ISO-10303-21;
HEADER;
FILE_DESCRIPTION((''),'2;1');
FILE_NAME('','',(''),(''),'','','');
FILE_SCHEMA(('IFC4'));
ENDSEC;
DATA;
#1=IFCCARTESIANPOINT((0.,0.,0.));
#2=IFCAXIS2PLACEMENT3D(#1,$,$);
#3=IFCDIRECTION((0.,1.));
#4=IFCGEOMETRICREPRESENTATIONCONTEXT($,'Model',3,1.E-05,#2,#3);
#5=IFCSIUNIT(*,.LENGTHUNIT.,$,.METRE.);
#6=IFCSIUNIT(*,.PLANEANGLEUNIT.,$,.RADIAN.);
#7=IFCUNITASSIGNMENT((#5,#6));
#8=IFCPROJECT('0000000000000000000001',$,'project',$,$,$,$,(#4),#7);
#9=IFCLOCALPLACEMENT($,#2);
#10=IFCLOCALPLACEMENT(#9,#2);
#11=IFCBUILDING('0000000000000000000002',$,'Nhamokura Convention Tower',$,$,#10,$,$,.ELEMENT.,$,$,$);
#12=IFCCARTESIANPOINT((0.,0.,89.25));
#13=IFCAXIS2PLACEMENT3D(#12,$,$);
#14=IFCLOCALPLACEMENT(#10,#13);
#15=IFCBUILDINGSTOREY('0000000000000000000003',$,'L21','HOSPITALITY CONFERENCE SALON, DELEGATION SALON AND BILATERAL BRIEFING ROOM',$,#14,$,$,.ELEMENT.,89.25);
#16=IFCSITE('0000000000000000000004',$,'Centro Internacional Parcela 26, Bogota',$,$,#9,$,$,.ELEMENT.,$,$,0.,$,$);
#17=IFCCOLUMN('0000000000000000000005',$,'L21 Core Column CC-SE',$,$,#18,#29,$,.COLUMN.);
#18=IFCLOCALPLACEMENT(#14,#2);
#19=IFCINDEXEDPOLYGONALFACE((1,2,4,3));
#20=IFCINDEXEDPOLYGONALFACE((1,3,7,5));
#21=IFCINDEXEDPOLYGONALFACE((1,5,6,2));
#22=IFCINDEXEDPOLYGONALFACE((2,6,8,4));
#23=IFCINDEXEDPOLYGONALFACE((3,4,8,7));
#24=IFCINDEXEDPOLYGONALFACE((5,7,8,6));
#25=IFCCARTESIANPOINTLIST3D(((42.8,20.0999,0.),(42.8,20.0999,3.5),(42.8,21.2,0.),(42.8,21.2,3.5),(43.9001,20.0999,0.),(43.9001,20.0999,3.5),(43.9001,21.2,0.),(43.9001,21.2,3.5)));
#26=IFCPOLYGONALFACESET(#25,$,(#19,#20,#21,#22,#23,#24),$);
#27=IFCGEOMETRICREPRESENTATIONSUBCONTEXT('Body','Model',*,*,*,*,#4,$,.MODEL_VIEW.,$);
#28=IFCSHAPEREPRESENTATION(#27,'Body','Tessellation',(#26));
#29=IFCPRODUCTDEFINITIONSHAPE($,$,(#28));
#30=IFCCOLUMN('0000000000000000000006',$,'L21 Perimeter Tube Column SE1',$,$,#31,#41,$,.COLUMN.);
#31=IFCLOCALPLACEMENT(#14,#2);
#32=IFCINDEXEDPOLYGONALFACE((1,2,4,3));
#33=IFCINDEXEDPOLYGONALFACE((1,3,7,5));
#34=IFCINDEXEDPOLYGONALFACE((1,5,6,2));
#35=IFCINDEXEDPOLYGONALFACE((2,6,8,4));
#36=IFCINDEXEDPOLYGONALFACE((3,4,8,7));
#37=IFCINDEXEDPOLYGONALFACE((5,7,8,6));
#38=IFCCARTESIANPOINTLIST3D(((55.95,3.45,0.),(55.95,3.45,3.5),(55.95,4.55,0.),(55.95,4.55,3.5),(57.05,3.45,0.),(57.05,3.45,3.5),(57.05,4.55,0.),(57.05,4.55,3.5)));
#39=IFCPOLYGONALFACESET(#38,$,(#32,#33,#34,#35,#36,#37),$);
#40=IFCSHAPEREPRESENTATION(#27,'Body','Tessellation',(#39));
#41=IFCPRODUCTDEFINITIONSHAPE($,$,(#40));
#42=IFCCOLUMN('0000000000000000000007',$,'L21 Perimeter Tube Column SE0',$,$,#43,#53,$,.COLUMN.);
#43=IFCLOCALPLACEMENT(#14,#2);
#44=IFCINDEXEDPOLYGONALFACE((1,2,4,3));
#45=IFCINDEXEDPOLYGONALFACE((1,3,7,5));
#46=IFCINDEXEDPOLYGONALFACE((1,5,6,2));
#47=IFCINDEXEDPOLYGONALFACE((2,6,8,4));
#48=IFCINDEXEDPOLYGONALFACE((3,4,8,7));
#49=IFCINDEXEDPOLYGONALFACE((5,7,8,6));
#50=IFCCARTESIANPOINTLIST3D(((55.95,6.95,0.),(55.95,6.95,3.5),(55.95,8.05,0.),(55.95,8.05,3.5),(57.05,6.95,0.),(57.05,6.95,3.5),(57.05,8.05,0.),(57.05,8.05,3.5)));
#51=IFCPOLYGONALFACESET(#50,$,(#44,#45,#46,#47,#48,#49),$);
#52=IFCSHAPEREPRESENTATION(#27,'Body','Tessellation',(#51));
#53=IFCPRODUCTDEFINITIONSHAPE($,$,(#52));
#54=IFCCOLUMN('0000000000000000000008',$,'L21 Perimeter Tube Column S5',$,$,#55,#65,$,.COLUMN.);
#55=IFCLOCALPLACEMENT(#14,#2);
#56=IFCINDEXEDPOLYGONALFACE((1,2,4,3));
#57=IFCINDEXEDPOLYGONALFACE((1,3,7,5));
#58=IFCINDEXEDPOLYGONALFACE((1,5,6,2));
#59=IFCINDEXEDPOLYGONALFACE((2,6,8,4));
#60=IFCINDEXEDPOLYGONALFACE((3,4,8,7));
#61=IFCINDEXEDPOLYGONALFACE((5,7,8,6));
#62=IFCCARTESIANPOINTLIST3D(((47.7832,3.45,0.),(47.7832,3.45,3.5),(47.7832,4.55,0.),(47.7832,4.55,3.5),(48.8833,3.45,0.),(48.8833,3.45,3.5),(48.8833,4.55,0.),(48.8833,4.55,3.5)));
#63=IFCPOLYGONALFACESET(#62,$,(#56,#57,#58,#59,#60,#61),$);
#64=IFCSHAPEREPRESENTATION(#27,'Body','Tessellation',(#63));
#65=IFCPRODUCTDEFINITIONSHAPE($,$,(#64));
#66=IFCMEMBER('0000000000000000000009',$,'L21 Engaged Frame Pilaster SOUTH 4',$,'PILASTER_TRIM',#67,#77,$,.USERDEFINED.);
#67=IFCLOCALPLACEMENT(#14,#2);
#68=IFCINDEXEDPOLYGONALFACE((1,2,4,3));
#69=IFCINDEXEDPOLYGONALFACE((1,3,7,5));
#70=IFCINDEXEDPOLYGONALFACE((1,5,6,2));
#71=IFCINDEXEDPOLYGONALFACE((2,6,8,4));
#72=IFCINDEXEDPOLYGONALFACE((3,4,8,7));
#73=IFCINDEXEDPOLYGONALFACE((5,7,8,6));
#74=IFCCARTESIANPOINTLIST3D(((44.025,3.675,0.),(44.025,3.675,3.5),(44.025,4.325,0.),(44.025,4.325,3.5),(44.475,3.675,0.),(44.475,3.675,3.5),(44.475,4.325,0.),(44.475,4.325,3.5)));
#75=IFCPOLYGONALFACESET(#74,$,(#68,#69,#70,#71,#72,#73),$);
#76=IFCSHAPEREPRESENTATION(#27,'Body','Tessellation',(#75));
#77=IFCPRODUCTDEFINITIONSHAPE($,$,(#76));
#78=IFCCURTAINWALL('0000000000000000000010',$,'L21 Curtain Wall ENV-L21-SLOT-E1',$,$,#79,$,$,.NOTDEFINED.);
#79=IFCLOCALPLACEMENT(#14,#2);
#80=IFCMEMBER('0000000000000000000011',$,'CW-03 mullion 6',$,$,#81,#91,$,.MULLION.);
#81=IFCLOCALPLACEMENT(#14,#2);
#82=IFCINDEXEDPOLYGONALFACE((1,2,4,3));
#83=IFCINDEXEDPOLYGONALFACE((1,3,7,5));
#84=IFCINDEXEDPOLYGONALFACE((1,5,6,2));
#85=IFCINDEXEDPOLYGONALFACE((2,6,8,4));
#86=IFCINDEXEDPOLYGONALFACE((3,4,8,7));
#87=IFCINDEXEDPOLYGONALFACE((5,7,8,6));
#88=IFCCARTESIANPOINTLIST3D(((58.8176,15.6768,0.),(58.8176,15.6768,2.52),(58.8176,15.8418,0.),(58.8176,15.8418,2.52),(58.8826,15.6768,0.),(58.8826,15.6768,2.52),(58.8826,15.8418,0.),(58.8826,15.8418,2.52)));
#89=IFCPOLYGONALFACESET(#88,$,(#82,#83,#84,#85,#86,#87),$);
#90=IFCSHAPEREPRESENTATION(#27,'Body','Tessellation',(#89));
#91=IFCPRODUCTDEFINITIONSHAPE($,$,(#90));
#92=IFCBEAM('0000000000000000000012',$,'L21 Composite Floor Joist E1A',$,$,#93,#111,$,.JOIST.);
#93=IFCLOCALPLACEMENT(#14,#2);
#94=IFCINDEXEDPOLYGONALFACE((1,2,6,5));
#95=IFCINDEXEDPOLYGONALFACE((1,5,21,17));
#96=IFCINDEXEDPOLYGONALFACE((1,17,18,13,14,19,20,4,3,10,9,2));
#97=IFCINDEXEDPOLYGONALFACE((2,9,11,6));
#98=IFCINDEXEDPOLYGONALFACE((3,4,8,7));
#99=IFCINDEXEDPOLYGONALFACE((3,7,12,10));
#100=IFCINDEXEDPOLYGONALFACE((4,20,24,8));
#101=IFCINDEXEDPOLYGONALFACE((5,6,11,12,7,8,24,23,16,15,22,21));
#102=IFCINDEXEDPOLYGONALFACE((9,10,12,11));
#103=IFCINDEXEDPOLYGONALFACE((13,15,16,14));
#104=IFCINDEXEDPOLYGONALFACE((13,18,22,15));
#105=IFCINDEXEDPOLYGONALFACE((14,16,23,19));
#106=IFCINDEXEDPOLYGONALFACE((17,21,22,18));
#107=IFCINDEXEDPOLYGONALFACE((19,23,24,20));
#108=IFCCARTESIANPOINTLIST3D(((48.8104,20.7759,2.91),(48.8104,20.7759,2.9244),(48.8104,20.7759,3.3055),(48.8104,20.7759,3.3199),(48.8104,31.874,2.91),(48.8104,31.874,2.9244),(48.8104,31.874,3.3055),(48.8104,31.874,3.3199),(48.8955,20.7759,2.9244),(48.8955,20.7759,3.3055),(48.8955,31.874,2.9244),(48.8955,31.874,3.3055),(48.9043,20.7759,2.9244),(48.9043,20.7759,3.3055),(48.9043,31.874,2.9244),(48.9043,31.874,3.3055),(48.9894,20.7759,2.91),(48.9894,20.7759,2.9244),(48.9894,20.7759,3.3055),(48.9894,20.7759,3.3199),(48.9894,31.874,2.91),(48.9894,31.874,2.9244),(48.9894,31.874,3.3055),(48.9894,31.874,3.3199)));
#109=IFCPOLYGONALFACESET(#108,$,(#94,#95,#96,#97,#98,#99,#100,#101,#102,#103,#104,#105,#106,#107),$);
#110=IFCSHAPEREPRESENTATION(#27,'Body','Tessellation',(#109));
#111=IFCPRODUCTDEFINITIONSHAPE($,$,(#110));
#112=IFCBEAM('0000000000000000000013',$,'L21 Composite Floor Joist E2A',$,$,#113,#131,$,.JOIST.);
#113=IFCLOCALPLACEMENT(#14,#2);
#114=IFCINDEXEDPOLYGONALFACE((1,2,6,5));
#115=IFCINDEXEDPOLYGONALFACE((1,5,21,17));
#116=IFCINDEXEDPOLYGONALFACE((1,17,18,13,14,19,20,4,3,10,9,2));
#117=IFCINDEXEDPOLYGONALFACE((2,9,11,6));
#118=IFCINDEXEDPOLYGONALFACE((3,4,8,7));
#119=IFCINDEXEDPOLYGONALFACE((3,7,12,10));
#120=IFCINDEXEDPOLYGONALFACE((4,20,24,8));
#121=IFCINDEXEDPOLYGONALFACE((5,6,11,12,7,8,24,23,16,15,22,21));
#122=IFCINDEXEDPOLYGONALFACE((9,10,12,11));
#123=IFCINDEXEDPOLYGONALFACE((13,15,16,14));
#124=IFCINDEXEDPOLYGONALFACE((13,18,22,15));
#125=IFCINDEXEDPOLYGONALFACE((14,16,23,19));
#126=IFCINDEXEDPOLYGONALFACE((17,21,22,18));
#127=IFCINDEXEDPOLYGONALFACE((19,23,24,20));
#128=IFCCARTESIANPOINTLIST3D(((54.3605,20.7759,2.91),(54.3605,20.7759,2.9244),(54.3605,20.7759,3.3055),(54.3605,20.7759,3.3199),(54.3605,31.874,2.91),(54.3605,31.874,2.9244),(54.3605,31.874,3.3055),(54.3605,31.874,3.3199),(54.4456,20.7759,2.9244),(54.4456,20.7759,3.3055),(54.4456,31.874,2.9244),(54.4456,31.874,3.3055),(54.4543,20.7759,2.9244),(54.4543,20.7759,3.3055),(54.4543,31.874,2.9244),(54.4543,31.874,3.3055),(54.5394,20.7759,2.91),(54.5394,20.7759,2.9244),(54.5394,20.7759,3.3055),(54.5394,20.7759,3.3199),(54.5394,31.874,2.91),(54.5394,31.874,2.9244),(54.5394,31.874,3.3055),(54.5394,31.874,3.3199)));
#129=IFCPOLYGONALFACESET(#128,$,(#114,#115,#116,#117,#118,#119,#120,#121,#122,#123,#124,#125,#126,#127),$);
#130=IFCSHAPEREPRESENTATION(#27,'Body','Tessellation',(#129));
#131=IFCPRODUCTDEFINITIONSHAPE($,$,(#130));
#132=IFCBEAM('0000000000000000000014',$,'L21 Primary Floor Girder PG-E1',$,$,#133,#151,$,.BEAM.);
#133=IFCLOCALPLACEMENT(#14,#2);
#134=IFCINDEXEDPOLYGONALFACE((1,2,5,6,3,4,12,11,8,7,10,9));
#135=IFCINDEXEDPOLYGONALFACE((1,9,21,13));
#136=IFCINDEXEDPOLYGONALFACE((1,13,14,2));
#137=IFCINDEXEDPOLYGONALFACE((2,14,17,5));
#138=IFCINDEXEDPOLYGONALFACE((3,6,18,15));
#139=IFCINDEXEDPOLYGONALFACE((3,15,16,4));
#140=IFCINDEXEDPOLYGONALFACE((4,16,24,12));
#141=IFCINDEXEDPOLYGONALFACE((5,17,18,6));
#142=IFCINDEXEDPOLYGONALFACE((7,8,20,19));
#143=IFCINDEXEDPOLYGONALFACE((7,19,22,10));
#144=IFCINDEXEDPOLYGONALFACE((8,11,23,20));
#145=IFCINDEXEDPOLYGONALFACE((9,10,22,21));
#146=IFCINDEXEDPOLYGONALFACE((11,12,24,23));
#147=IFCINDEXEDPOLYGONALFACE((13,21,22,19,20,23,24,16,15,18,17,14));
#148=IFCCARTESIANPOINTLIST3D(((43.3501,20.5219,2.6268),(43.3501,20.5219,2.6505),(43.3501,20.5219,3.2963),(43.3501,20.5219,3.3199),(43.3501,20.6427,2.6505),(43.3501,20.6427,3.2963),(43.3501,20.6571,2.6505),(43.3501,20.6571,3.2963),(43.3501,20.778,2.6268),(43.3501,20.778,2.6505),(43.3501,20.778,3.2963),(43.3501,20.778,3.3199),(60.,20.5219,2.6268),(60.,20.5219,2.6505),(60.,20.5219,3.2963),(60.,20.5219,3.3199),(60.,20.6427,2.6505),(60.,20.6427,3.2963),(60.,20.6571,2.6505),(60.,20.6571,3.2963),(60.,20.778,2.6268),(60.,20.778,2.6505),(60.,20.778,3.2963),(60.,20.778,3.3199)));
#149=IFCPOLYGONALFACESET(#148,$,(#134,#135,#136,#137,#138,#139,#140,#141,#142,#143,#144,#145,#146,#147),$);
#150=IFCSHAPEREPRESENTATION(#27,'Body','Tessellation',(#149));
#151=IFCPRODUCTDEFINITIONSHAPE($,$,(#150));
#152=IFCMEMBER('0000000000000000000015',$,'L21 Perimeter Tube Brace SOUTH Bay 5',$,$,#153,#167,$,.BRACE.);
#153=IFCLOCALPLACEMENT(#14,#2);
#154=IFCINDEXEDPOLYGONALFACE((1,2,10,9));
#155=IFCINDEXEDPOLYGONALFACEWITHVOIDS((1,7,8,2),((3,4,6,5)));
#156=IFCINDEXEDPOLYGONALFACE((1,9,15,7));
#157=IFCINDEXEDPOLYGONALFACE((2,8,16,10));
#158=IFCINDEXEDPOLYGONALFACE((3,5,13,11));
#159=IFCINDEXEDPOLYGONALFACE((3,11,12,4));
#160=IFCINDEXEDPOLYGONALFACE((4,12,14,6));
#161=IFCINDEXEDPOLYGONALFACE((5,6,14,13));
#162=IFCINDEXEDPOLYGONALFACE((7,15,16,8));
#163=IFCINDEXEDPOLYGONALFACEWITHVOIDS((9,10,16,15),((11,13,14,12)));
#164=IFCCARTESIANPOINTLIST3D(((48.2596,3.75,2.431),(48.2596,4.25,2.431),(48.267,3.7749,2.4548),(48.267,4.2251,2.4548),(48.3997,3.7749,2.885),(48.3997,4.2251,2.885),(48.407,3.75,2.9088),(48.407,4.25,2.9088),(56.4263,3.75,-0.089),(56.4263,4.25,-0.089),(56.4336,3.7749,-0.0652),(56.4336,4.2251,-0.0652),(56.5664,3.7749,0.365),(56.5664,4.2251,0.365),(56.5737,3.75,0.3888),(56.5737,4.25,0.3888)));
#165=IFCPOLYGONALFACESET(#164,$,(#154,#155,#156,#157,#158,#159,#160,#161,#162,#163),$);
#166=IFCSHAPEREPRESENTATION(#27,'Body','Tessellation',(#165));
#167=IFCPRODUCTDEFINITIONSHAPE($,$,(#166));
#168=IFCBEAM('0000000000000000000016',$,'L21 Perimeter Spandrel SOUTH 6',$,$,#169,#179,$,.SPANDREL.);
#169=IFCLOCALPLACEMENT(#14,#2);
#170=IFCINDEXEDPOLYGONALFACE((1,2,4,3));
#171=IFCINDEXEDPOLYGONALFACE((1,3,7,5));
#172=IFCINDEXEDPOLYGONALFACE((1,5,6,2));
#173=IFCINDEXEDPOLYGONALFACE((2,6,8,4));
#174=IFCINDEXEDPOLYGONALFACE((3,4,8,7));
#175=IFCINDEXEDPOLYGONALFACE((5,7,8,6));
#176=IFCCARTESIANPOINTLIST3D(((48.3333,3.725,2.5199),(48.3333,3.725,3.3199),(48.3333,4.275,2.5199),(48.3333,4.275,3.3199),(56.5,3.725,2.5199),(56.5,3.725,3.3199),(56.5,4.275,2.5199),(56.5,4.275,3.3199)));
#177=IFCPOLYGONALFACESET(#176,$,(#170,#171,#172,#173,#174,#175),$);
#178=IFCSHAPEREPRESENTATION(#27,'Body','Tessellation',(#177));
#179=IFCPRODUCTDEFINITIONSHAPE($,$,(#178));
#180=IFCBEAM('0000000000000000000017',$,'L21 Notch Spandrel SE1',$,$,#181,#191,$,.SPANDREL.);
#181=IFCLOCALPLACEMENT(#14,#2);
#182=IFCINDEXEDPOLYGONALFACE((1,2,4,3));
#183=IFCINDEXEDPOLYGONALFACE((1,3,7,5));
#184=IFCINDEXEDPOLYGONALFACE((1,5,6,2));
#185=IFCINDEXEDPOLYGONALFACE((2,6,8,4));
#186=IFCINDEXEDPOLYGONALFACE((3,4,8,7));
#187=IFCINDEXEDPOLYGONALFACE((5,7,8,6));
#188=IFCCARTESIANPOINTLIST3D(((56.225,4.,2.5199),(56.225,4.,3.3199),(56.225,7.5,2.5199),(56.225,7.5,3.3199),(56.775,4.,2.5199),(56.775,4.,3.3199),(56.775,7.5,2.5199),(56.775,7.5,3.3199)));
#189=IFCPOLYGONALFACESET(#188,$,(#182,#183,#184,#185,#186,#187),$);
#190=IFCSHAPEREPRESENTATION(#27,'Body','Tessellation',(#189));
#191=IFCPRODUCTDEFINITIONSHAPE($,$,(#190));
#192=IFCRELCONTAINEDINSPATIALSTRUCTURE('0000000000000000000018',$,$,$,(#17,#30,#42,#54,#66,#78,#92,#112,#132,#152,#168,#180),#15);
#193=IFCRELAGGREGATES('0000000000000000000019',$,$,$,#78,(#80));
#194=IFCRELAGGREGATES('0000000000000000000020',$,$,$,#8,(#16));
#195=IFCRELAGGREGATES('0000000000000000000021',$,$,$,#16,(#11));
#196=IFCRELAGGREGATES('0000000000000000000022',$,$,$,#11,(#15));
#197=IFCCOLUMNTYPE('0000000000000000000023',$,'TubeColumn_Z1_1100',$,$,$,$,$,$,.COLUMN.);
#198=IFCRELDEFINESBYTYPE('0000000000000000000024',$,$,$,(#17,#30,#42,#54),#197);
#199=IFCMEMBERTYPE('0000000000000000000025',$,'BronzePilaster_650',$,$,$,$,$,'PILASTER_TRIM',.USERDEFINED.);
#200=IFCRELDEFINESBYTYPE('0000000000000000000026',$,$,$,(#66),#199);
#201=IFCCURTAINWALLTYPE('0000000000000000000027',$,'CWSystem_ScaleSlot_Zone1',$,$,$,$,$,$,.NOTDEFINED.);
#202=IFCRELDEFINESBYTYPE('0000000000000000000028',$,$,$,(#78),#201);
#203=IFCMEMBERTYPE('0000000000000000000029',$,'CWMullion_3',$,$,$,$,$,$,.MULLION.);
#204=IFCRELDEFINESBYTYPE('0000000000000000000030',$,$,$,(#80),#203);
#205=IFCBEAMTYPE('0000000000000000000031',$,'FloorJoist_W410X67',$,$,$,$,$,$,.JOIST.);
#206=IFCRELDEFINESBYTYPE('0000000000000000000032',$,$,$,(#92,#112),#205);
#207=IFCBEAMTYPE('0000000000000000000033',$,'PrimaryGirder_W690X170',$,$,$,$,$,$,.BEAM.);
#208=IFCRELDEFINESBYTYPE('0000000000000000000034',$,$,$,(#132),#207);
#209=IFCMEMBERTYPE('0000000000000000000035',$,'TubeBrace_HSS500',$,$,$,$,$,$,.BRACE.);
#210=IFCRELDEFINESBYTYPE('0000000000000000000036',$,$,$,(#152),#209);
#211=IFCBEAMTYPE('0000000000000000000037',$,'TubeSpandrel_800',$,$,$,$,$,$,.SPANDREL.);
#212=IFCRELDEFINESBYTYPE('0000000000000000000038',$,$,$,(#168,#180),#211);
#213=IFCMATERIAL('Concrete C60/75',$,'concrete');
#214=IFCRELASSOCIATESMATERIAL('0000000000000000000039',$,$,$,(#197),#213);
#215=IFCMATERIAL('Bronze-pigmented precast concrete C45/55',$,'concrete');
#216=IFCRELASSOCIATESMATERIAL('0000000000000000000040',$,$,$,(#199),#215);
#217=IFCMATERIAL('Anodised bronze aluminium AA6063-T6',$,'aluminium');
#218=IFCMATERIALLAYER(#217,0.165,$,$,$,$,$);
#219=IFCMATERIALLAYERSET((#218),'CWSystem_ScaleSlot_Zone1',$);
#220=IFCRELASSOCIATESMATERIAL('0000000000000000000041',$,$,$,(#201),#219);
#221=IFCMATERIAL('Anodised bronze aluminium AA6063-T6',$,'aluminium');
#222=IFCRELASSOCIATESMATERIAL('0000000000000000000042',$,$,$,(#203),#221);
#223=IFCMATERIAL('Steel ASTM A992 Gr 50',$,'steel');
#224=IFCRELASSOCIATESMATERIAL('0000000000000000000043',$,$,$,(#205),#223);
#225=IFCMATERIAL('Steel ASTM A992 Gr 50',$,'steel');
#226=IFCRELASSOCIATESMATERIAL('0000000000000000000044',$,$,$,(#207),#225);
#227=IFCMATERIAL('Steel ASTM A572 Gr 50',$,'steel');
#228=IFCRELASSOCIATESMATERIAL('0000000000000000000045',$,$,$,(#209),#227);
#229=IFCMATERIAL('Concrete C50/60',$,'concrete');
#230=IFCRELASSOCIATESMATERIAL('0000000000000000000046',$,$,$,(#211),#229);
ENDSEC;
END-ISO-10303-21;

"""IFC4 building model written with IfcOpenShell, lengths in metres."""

from ifc_helpers import new_model, si_unit, direction, frame, origin, origin_2d, place, context, subcontext, project, spatial, rectangle, hollow_rectangle, i_section, extrude, material, layer, layer_set, material_profile, profile_set, type_object, element, aggregate, save


model = new_model("IFC4")

# Units and contexts
model_context = context("Model", 3, precision=1e-05, world=origin(), true_north=direction((0.0, 1.0)))
body_context = subcontext(model_context, "Body", "Model", "MODEL_VIEW")
ifc_project = project(units=[si_unit("LENGTHUNIT", "METRE"), si_unit("PLANEANGLEUNIT", "RADIAN")], contexts=[model_context])

# Site, building, storey
site_placement = place(None, origin())
site = spatial("IfcSite", under=ifc_project, at=site_placement, Name="Centro Internacional Parcela 26, Bogota", CompositionType="ELEMENT", RefElevation=0.0)
building_placement = place(site_placement, origin())
building = spatial("IfcBuilding", under=site, at=building_placement, Name="Nhamokura Convention Tower", CompositionType="ELEMENT")
storey_placement = place(building_placement, frame((0.0, 0.0, 89.25)))
storey = spatial("IfcBuildingStorey", under=building, at=storey_placement, Name="L21", Description="HOSPITALITY CONFERENCE SALON, DELEGATION SALON AND BILATERAL BRIEFING ROOM", CompositionType="ELEMENT", Elevation=89.25)

# Columns
ifc_material_1 = material(Name="Concrete C60/75", Category="concrete")
ifc_material_profile_1 = material_profile(ifc_material_1, rectangle(XDim=1.1001, YDim=1.1001, at=origin_2d()))
ifc_profile_set_1 = profile_set([ifc_material_profile_1], Name="Concrete C60/75")
column_type = type_object("IfcColumnType", Name="TubeColumn_Z1_1100", PredefinedType="COLUMN", material=ifc_profile_set_1)
for number, where, z_axis, x_axis, name in (
    (1, (43.3501, 20.6499, 0.0), (0.0, 0.0, 1.0), (1.0, 0.0, 0.0), "L21 Core Column CC-SE"),
    (2, (56.5, 4.0, 0.0), (0.0, 0.0, 1.0), (1.0, 0.0, 0.0), "L21 Perimeter Tube Column SE1"),
    (3, (56.5, 7.5, 0.0), (0.0, 0.0, 1.0), (1.0, 0.0, 0.0), "L21 Perimeter Tube Column SE0"),
    (4, (48.3333, 4.0, 0.0), (0.0, 0.0, 1.0), (1.0, 0.0, 0.0), "L21 Perimeter Tube Column S5"),
):
    element("IfcColumn", number, at=place(storey_placement, frame(where, z_axis=z_axis, x_axis=x_axis)), inside=storey, type_object=column_type, Name=name, PredefinedType="COLUMN", context=body_context, shape_type="SweptSolid", body=[
        extrude(rectangle(XDim=1.1001, YDim=1.1001, at=origin_2d()), origin(), (0.0, 0.0, 1.0), 3.5),
    ])

# Member
ifc_material_2 = material(Name="Bronze-pigmented precast concrete C45/55", Category="concrete")
ifc_material_profile_2 = material_profile(ifc_material_2, rectangle(XDim=0.45, YDim=0.6499, at=origin_2d()))
ifc_profile_set_2 = profile_set([ifc_material_profile_2], Name="Bronze-pigmented precast concrete C45/55")
member_type_1 = type_object("IfcMemberType", Name="BronzePilaster_650", ElementType="PILASTER_TRIM", PredefinedType="USERDEFINED", material=ifc_profile_set_2)
member_1_placement = place(storey_placement, frame((44.25, 4.0, 0.0), z_axis=(0.0, 0.0, 1.0), x_axis=(1.0, 0.0, 0.0)))
element("IfcMember", 5, at=member_1_placement, inside=storey, type_object=member_type_1, Name="L21 Engaged Frame Pilaster SOUTH 4", ObjectType="PILASTER_TRIM", PredefinedType="USERDEFINED", context=body_context, shape_type="SweptSolid", body=[
    extrude(rectangle(XDim=0.45, YDim=0.6499, at=origin_2d()), origin(), (0.0, 0.0, 1.0), 3.5),
])

# Curtain wall, member
ifc_material_3 = material(Name="Anodised bronze aluminium AA6063-T6", Category="aluminium")
ifc_layer_1 = layer(ifc_material_3, 0.165)
ifc_layer_set_1 = layer_set([ifc_layer_1], Name="CWSystem_ScaleSlot_Zone1")
curtain_wall_type = type_object("IfcCurtainWallType", Name="CWSystem_ScaleSlot_Zone1", PredefinedType="NOTDEFINED", material=ifc_layer_set_1)
curtain_wall_placement = place(storey_placement, origin())
curtain_wall = element("IfcCurtainWall", 6, at=curtain_wall_placement, inside=storey, type_object=curtain_wall_type, Name="L21 Curtain Wall ENV-L21-SLOT-E1", PredefinedType="NOTDEFINED")
ifc_material_4 = material(Name="Anodised bronze aluminium AA6063-T6", Category="aluminium")
ifc_material_profile_3 = material_profile(ifc_material_4, rectangle(XDim=0.0649, YDim=0.165, at=origin_2d()))
ifc_profile_set_3 = profile_set([ifc_material_profile_3], Name="Anodised bronze aluminium AA6063-T6")
member_type_2 = type_object("IfcMemberType", Name="CWMullion_3", PredefinedType="MULLION", material=ifc_profile_set_3)
member_2_placement = place(storey_placement, frame((58.8501, 15.7593, 0.0), z_axis=(0.0, 0.0, 1.0), x_axis=(1.0, 0.0, 0.0)))
member_2 = element("IfcMember", 7, at=member_2_placement, type_object=member_type_2, Name="CW-03 mullion 6", PredefinedType="MULLION", context=body_context, shape_type="SweptSolid", body=[
    extrude(rectangle(XDim=0.0649, YDim=0.165, at=origin_2d()), origin(), (0.0, 0.0, 1.0), 2.52),
])

# Beams
ifc_material_5 = material(Name="Steel ASTM A992 Gr 50", Category="steel")
ifc_material_profile_4 = material_profile(ifc_material_5, i_section(OverallWidth=0.179, OverallDepth=0.4099, WebThickness=0.0088, FlangeThickness=0.0144, at=origin_2d()))
ifc_profile_set_4 = profile_set([ifc_material_profile_4], Name="Steel ASTM A992 Gr 50")
beam_type_1 = type_object("IfcBeamType", Name="FloorJoist_W410X67", PredefinedType="JOIST", material=ifc_profile_set_4)
for number, where, z_axis, x_axis, name in (
    (8, (48.8999, 20.7759, 3.115), (0.0, 1.0, 0.0), (-1.0, 0.0, 0.0), "L21 Composite Floor Joist E1A"),
    (9, (54.45, 20.7759, 3.115), (0.0, 1.0, 0.0), (-1.0, 0.0, 0.0), "L21 Composite Floor Joist E2A"),
):
    element("IfcBeam", number, at=place(storey_placement, frame(where, z_axis=z_axis, x_axis=x_axis)), inside=storey, type_object=beam_type_1, Name=name, PredefinedType="JOIST", context=body_context, shape_type="SweptSolid", body=[
        extrude(i_section(OverallWidth=0.179, OverallDepth=0.4099, WebThickness=0.0088, FlangeThickness=0.0144, at=origin_2d()), origin(), (0.0, 0.0, 1.0), 11.0981),
    ])
ifc_material_6 = material(Name="Steel ASTM A992 Gr 50", Category="steel")
ifc_material_profile_5 = material_profile(ifc_material_6, i_section(OverallWidth=0.2561, OverallDepth=0.6931, WebThickness=0.0144, FlangeThickness=0.0237, at=origin_2d()))
ifc_profile_set_5 = profile_set([ifc_material_profile_5], Name="Steel ASTM A992 Gr 50")
beam_type_2 = type_object("IfcBeamType", Name="PrimaryGirder_W690X170", PredefinedType="BEAM", material=ifc_profile_set_5)
beam_1_placement = place(storey_placement, frame((43.3501, 20.6499, 2.9734), z_axis=(1.0, 0.0, 0.0), x_axis=(0.0, 1.0, 0.0)))
element("IfcBeam", 10, at=beam_1_placement, inside=storey, type_object=beam_type_2, Name="L21 Primary Floor Girder PG-E1", PredefinedType="BEAM", context=body_context, shape_type="SweptSolid", body=[
    extrude(i_section(OverallWidth=0.2561, OverallDepth=0.6931, WebThickness=0.0144, FlangeThickness=0.0237, at=origin_2d()), origin(), (0.0, 0.0, 1.0), 16.6499),
])

# Member
ifc_material_7 = material(Name="Steel ASTM A572 Gr 50", Category="steel")
ifc_material_profile_6 = material_profile(ifc_material_7, hollow_rectangle(XDim=0.5, YDim=0.5, WallThickness=0.0249, at=origin_2d()))
ifc_profile_set_6 = profile_set([ifc_material_profile_6], Name="Steel ASTM A572 Gr 50")
member_type_3 = type_object("IfcMemberType", Name="TubeBrace_HSS500", PredefinedType="BRACE", material=ifc_profile_set_6)
member_3_placement = place(storey_placement, frame((56.5, 4.0, 0.1499), z_axis=(-0.955543, 0.0, 0.294853), x_axis=(0.0, -1.0, 0.0)))
element("IfcMember", 11, at=member_3_placement, inside=storey, type_object=member_type_3, Name="L21 Perimeter Tube Brace SOUTH Bay 5", PredefinedType="BRACE", context=body_context, shape_type="SweptSolid", body=[
    extrude(hollow_rectangle(XDim=0.5, YDim=0.5, WallThickness=0.0249, at=origin_2d()), origin(), (0.0, 0.0, 1.0), 8.5466),
])

# Beams
ifc_material_8 = material(Name="Concrete C50/60", Category="concrete")
ifc_material_profile_7 = material_profile(ifc_material_8, rectangle(XDim=0.55, YDim=0.8, at=origin_2d()))
ifc_profile_set_7 = profile_set([ifc_material_profile_7], Name="Concrete C50/60")
beam_type_3 = type_object("IfcBeamType", Name="TubeSpandrel_800", PredefinedType="SPANDREL", material=ifc_profile_set_7)
beam_2_placement = place(storey_placement, frame((48.3333, 4.0, 2.9199), z_axis=(1.0, 0.0, 0.0), x_axis=(0.0, 1.0, 0.0)))
element("IfcBeam", 12, at=beam_2_placement, inside=storey, type_object=beam_type_3, Name="L21 Perimeter Spandrel SOUTH 6", PredefinedType="SPANDREL", context=body_context, shape_type="SweptSolid", body=[
    extrude(rectangle(XDim=0.55, YDim=0.8, at=origin_2d()), origin(), (0.0, 0.0, 1.0), 8.1667),
])
for number, where, z_axis, x_axis, name in (
    (13, (56.5, 4.0, 2.9199), (0.0, 1.0, 0.0), (-1.0, 0.0, 0.0), "L21 Notch Spandrel SE1"),
):
    element("IfcBeam", number, at=place(storey_placement, frame(where, z_axis=z_axis, x_axis=x_axis)), inside=storey, type_object=beam_type_3, Name=name, PredefinedType="SPANDREL", context=body_context, shape_type="SweptSolid", body=[
        extrude(rectangle(XDim=0.55, YDim=0.8, at=origin_2d()), origin(), (0.0, 0.0, 1.0), 3.5),
    ])

aggregate(curtain_wall, [member_2])

save(model, "model.ifc")
